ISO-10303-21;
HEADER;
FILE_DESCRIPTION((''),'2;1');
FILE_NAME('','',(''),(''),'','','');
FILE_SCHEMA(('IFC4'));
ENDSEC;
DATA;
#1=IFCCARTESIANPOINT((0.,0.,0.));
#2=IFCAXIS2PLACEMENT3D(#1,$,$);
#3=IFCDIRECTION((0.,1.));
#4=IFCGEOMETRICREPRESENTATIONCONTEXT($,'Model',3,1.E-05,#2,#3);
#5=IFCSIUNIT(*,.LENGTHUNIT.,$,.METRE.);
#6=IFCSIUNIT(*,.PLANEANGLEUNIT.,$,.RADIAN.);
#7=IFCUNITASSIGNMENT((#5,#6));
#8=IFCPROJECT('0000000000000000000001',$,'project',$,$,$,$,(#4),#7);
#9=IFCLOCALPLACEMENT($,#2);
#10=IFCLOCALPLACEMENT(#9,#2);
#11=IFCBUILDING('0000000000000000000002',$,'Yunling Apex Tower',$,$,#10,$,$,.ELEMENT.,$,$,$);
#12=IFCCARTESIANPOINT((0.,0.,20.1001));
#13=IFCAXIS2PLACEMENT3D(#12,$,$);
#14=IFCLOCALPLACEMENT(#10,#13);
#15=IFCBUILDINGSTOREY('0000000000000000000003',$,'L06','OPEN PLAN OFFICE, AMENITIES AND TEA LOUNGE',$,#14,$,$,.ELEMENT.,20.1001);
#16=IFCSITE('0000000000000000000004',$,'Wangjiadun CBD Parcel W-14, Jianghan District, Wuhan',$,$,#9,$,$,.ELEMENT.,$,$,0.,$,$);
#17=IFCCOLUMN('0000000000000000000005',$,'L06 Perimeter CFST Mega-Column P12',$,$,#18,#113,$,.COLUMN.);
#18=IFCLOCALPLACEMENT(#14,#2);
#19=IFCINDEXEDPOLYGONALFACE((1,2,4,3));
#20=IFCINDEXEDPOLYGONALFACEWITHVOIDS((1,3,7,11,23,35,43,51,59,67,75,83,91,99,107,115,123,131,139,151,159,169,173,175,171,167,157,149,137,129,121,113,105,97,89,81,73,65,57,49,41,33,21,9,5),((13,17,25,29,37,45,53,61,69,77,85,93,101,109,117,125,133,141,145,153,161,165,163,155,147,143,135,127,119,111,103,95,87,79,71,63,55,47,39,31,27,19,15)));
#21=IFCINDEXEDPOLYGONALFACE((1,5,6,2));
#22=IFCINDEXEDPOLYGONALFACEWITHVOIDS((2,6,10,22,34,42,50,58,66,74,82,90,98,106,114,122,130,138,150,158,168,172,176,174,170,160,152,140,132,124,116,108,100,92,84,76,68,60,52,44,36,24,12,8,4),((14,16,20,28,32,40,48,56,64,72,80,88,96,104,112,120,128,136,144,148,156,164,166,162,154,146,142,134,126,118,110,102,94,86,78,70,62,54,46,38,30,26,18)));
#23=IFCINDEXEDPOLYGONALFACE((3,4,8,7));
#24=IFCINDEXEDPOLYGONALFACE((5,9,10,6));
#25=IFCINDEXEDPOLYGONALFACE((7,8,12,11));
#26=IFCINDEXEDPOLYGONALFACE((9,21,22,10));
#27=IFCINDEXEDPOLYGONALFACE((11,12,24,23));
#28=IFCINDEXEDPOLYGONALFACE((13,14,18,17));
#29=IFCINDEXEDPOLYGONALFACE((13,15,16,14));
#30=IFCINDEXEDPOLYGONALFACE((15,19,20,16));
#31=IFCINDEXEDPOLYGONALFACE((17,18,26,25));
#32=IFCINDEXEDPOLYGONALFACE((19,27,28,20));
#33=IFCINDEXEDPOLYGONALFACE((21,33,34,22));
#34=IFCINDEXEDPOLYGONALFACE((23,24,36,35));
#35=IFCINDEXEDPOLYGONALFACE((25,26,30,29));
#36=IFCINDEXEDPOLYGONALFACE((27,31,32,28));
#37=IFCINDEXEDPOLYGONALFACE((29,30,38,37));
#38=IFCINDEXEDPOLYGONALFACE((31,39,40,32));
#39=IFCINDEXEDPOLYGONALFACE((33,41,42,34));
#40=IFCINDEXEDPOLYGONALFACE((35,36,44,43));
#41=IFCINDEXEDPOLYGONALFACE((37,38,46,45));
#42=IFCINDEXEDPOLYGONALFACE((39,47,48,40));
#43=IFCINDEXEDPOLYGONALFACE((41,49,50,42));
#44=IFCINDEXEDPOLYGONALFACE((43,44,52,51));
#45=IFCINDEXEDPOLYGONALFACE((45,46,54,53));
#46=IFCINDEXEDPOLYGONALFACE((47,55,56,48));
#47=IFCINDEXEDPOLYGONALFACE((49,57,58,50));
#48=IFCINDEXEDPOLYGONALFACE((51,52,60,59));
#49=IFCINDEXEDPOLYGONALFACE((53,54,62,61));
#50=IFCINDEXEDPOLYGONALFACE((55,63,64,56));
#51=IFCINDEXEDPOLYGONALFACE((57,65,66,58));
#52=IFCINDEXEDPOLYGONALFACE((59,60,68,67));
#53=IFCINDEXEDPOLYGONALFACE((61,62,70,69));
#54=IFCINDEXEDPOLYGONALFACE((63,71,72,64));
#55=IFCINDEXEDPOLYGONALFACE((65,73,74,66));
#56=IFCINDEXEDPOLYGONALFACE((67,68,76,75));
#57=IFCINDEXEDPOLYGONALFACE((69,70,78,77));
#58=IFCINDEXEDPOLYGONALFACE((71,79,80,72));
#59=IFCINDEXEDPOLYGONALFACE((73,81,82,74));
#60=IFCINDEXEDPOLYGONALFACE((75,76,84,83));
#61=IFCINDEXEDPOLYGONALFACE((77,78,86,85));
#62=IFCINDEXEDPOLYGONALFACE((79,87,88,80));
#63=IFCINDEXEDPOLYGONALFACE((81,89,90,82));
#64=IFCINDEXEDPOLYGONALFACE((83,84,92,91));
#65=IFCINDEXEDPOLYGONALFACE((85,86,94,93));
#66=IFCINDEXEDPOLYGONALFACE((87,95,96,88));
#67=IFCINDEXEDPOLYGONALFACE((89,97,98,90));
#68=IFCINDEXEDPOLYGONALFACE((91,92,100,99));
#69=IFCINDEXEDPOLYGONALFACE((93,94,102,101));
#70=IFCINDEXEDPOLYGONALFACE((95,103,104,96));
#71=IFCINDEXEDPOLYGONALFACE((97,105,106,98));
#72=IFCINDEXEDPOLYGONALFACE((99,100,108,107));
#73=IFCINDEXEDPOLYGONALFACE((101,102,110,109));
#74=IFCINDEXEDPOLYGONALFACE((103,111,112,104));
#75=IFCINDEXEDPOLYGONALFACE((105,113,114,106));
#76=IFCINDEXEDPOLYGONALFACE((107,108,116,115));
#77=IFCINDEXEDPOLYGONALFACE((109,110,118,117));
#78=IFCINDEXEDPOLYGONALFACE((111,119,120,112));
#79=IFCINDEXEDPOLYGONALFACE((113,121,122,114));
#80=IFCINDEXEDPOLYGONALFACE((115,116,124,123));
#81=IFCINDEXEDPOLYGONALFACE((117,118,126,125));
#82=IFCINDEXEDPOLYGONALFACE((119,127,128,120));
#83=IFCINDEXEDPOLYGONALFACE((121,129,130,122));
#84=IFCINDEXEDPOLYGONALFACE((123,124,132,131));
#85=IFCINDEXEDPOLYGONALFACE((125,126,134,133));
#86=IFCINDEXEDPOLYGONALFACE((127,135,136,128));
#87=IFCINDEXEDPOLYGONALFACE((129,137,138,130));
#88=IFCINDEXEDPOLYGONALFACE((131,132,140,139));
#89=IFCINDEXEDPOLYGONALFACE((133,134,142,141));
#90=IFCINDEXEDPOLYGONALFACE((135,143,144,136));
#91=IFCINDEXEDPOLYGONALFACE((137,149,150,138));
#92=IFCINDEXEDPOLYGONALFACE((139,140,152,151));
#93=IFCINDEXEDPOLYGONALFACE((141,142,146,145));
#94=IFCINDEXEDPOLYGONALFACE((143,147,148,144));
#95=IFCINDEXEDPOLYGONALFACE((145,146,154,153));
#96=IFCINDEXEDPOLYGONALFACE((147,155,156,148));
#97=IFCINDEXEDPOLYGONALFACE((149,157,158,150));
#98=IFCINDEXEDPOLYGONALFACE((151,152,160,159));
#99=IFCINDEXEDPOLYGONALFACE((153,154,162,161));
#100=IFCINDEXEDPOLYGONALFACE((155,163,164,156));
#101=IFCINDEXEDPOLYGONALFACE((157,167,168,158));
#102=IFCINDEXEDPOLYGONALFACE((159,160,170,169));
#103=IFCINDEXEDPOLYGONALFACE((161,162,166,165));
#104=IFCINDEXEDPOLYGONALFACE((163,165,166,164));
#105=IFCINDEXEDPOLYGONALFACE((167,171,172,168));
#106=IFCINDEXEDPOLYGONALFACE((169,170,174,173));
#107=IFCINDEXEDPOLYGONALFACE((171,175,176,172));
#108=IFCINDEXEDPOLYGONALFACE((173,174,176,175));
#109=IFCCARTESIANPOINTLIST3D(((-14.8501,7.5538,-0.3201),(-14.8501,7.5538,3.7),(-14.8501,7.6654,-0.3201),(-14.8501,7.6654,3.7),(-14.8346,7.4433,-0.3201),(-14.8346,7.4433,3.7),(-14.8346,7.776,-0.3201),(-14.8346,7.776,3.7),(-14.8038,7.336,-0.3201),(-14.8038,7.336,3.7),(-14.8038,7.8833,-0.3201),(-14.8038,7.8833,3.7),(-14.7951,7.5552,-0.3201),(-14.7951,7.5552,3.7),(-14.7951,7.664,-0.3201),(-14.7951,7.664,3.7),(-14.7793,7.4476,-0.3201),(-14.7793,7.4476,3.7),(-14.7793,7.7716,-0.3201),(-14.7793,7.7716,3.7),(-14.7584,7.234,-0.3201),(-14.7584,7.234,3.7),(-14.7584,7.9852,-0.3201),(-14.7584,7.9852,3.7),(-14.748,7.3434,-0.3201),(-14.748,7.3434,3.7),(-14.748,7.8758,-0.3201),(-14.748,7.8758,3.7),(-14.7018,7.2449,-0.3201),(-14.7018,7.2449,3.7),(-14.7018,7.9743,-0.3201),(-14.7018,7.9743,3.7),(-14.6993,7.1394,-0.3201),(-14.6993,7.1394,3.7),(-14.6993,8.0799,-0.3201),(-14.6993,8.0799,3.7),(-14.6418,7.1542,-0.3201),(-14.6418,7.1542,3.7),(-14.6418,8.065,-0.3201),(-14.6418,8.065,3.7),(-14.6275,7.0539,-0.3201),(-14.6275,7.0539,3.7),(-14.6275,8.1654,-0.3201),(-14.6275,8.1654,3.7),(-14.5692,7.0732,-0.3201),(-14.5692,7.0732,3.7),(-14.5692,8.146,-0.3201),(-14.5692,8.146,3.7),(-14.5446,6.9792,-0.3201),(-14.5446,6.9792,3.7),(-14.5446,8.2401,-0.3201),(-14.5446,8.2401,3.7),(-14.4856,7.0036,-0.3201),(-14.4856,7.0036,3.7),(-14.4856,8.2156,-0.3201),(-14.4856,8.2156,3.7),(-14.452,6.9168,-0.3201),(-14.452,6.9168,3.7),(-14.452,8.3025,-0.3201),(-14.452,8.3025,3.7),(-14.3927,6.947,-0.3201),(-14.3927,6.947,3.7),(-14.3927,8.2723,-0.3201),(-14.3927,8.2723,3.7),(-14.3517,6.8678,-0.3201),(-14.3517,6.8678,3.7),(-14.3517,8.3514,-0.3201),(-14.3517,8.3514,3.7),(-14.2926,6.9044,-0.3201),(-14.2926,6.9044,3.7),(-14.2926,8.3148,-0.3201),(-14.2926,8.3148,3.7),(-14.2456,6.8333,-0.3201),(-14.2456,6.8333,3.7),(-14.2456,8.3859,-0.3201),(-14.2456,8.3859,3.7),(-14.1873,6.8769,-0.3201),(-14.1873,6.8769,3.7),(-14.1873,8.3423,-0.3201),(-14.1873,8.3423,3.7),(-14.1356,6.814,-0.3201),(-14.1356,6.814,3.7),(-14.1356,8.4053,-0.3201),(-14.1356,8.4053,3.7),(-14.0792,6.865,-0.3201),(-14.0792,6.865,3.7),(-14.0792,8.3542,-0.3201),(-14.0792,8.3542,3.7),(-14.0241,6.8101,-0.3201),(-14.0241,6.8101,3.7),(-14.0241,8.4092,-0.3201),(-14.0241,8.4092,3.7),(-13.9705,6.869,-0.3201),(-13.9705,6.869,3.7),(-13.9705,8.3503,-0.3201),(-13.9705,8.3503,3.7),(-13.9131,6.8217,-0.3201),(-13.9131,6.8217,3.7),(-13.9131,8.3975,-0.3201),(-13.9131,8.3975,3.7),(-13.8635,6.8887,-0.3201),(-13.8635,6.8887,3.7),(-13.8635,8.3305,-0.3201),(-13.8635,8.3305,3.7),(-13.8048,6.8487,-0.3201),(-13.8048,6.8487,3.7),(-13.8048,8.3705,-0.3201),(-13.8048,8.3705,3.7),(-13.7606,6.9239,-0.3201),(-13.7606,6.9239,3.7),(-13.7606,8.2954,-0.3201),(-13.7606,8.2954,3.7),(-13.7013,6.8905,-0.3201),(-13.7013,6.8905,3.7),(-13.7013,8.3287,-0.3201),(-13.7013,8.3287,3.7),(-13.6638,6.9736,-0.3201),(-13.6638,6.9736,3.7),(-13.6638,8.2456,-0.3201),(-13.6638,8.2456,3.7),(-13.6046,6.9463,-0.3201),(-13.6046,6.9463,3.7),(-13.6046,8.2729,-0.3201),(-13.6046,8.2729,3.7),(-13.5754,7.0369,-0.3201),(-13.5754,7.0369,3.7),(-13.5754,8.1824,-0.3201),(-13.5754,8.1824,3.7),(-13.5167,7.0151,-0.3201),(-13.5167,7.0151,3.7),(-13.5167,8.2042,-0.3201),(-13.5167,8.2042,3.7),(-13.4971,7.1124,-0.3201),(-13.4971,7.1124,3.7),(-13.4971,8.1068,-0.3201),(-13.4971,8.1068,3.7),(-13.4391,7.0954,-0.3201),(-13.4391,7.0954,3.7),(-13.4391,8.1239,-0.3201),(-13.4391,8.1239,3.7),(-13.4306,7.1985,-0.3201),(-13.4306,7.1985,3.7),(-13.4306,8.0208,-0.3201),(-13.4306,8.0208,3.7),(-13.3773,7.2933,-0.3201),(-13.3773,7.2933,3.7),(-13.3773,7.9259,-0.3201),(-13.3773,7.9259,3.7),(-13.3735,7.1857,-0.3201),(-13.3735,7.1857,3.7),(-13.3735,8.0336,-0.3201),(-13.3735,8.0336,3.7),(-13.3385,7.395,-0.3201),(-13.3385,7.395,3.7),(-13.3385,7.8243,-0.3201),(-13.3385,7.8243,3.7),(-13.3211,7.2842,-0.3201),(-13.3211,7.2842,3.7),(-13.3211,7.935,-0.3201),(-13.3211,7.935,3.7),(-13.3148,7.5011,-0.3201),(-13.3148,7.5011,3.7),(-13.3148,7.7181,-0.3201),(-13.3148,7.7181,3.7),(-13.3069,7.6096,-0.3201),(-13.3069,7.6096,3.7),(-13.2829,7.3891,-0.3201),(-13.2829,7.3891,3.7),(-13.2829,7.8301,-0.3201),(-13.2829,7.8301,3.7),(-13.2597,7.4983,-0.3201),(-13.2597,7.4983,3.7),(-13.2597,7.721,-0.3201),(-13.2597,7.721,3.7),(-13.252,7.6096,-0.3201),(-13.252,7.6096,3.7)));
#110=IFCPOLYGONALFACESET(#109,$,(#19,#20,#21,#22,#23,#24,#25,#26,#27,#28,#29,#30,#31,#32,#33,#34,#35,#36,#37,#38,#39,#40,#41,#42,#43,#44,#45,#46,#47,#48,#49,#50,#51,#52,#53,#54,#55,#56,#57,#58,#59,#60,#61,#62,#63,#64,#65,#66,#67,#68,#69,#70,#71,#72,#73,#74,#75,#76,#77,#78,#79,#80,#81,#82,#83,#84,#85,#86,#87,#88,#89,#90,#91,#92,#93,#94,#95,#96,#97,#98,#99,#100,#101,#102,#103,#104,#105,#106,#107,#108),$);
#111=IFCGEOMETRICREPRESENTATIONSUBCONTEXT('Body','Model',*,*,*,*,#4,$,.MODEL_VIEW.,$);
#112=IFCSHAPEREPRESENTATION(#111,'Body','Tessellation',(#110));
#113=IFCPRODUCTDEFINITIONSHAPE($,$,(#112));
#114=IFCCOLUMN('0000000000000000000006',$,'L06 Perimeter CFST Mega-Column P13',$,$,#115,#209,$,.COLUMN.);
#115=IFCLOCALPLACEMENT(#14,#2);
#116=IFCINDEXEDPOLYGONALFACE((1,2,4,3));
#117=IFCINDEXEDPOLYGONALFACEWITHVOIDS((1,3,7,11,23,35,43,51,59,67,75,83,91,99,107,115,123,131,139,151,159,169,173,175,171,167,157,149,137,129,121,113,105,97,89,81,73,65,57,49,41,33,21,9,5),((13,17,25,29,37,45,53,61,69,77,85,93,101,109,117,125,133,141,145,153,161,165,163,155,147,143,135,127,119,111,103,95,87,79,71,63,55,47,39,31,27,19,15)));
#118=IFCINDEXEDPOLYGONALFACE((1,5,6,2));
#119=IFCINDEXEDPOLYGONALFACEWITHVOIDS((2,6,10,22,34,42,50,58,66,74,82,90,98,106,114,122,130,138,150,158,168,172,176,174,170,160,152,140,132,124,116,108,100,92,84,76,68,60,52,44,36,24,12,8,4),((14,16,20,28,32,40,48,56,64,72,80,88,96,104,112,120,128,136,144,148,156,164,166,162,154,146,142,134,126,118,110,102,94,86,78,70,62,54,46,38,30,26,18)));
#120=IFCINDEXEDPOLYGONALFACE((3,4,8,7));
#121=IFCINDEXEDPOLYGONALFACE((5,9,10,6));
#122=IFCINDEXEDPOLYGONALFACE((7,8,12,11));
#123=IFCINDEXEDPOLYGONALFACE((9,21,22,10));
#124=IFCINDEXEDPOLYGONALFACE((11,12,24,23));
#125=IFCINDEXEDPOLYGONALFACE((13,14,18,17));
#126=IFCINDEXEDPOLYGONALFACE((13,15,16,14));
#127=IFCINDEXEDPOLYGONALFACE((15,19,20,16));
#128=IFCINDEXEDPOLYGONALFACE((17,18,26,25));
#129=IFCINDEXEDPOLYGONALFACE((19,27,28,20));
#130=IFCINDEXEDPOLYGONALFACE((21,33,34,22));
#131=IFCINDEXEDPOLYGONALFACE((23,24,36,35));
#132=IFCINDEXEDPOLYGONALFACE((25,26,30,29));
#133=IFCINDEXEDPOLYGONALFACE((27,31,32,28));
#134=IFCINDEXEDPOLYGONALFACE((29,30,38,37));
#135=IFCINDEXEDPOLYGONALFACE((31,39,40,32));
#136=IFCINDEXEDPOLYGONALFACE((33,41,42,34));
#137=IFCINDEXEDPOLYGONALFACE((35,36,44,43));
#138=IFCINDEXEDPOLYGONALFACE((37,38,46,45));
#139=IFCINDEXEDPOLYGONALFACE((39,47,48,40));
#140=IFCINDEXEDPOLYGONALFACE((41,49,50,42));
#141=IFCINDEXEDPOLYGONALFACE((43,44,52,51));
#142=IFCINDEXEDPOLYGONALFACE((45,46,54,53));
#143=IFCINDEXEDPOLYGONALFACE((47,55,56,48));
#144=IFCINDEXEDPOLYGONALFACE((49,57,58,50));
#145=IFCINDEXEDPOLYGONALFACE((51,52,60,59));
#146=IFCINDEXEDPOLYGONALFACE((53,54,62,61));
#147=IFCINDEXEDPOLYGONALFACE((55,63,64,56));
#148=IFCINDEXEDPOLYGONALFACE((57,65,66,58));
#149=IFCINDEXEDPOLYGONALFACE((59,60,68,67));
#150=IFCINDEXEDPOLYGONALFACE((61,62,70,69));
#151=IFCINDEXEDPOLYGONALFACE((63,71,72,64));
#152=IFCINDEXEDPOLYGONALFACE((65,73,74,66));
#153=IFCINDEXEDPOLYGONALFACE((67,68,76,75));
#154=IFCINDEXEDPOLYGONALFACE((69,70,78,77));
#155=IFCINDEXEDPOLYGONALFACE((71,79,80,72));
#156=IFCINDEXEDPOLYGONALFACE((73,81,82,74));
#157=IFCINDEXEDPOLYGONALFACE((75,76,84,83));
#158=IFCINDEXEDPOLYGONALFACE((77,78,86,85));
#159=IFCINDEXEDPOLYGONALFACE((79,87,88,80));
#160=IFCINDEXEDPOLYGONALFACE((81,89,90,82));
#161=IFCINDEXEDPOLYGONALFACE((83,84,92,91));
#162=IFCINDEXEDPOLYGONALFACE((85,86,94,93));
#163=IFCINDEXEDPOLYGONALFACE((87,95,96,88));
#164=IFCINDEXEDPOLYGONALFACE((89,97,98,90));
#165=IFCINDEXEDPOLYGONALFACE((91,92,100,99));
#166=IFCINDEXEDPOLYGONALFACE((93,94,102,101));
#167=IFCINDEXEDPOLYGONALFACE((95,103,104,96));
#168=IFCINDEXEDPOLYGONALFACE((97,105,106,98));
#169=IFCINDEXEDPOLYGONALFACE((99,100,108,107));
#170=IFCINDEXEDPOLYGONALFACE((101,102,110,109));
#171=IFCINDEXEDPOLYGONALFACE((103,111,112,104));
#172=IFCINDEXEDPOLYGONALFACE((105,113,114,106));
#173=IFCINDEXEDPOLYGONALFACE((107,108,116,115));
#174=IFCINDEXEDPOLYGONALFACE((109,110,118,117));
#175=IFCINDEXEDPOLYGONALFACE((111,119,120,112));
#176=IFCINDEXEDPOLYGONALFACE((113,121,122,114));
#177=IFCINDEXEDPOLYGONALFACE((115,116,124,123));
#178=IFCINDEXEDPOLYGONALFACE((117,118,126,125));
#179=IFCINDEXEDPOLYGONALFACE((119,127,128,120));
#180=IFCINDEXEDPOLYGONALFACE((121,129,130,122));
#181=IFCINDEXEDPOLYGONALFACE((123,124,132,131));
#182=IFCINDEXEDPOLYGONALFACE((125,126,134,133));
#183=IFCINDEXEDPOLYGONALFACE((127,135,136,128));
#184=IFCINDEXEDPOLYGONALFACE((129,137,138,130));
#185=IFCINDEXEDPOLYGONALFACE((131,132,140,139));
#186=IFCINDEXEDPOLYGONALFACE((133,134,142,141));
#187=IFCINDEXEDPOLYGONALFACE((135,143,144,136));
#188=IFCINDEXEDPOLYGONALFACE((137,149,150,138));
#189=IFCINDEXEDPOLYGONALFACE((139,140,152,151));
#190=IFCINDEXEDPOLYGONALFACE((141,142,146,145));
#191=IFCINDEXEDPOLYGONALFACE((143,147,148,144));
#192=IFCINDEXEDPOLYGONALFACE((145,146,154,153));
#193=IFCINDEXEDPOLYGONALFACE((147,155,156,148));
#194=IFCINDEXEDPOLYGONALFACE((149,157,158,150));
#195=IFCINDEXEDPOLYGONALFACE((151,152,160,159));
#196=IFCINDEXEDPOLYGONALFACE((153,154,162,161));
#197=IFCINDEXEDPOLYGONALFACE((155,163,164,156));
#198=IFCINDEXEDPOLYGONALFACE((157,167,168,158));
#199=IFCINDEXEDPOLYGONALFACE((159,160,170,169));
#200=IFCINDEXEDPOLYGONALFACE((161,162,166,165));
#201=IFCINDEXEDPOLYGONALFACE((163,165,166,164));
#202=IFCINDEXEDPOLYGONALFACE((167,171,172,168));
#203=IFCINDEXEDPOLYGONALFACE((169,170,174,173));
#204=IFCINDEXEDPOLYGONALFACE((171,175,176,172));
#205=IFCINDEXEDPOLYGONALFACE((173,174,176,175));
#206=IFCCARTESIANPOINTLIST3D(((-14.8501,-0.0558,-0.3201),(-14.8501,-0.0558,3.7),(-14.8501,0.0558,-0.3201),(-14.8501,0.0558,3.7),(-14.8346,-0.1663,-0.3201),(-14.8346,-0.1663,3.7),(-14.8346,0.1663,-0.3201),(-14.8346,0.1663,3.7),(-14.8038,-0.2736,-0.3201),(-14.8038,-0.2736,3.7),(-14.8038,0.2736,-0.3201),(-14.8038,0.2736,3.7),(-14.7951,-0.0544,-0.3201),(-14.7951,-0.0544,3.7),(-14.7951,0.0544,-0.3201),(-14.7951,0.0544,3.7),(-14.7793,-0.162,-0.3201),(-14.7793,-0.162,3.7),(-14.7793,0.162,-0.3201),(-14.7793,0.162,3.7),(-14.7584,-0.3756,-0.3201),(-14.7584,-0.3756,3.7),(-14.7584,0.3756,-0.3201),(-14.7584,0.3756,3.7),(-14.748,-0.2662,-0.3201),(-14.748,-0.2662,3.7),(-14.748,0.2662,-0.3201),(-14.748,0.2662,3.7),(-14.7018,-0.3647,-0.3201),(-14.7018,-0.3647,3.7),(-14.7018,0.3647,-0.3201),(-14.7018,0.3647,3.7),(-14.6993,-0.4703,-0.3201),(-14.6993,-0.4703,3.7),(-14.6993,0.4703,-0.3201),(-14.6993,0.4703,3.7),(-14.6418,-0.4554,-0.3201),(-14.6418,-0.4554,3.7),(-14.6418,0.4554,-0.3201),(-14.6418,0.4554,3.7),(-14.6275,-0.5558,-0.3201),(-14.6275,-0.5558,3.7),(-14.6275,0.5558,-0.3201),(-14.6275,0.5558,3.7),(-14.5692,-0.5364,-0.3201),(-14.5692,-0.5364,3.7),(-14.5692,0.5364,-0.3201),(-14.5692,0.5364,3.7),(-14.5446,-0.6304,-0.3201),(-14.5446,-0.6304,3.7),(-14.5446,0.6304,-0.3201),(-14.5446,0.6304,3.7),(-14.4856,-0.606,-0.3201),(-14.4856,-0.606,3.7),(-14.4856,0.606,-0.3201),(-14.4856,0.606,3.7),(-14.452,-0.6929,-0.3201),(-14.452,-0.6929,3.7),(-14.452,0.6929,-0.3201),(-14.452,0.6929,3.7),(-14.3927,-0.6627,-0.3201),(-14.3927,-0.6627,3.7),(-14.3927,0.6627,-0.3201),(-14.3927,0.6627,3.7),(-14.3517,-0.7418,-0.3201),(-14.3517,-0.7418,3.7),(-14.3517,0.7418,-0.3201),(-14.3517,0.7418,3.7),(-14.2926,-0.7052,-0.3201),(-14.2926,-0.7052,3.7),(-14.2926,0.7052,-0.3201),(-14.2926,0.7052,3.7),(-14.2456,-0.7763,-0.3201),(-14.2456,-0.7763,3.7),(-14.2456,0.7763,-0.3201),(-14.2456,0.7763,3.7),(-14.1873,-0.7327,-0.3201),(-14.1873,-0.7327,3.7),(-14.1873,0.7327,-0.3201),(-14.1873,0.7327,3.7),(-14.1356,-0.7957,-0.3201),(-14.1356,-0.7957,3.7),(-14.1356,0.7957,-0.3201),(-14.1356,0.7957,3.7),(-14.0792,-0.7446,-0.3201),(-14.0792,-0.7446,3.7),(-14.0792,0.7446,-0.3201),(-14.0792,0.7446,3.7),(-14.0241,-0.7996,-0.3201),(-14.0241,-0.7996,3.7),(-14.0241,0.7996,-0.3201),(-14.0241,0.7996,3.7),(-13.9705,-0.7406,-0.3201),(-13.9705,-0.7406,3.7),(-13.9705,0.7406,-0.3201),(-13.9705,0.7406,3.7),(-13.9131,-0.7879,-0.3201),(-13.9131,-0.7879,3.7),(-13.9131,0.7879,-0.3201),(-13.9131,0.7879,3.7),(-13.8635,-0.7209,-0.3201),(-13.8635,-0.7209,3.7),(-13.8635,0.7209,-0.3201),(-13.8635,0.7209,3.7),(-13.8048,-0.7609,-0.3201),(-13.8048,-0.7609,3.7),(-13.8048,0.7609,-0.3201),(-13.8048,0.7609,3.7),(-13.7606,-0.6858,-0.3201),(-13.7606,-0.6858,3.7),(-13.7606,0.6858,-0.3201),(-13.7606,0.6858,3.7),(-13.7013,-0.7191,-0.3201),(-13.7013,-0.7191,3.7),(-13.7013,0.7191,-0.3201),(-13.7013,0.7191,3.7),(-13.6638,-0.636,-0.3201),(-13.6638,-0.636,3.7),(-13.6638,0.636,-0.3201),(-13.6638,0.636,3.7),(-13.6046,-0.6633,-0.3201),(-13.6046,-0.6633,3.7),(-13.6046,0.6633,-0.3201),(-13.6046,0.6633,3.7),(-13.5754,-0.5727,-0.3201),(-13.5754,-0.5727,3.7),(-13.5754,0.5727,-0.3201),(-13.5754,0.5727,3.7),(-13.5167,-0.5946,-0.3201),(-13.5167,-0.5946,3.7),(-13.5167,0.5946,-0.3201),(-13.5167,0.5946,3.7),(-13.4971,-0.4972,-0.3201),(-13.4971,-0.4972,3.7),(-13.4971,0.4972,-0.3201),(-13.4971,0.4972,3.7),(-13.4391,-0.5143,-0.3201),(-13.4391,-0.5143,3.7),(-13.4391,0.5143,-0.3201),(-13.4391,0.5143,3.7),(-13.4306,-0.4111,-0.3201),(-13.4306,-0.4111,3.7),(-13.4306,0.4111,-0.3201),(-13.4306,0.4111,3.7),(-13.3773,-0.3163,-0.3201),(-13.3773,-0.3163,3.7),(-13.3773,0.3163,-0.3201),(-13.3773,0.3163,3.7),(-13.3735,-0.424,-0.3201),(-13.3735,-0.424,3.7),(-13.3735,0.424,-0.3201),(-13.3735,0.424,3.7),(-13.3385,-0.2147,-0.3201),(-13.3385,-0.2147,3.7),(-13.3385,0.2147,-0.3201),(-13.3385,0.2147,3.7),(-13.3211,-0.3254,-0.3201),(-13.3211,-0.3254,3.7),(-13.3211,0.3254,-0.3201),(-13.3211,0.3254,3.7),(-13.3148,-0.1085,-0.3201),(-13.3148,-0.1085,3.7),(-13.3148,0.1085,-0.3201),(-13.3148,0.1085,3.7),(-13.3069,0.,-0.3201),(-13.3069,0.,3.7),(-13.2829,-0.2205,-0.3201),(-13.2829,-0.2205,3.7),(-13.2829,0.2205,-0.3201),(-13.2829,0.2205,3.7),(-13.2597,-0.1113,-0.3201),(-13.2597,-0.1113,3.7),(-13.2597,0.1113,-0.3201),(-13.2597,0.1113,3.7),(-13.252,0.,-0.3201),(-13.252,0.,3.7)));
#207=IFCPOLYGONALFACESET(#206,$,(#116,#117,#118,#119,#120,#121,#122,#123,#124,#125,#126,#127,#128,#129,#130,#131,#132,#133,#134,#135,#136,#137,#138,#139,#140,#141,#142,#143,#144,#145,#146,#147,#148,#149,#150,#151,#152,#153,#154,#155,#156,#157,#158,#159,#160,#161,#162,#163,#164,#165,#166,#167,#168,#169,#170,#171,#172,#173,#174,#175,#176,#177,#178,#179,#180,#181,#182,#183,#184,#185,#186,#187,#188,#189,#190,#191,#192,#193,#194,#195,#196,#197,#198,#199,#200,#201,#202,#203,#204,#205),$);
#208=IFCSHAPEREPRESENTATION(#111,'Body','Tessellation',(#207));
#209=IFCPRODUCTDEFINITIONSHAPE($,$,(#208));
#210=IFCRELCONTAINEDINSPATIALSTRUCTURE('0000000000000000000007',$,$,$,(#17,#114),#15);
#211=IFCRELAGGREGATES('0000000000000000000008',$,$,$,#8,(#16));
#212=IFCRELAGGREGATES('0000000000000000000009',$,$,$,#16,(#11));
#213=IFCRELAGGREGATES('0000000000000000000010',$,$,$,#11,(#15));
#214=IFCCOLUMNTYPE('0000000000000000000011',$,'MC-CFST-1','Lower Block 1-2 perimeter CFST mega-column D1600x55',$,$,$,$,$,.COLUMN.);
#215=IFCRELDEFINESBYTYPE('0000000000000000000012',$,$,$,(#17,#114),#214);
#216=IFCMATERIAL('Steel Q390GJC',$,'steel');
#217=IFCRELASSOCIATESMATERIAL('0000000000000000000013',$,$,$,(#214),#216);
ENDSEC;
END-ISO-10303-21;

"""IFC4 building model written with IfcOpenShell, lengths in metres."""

from ifc_helpers import new_model, si_unit, direction, frame, origin, origin_2d, place, context, subcontext, project, spatial, hollow_circle, extrude, source, transform, mapped, material, material_profile, profile_set, type_object, element, save


model = new_model("IFC4")

# Units and contexts
model_context = context("Model", 3, precision=1e-05, world=origin(), true_north=direction((0.0, 1.0)))
body_context = subcontext(model_context, "Body", "Model", "MODEL_VIEW")
ifc_project = project(units=[si_unit("LENGTHUNIT", "METRE"), si_unit("PLANEANGLEUNIT", "RADIAN")], contexts=[model_context])

# Site, building, storey
site_placement = place(None, origin())
site = spatial("IfcSite", under=ifc_project, at=site_placement, Name="Wangjiadun CBD Parcel W-14, Jianghan District, Wuhan", CompositionType="ELEMENT", RefElevation=0.0)
building_placement = place(site_placement, origin())
building = spatial("IfcBuilding", under=site, at=building_placement, Name="Yunling Apex Tower", CompositionType="ELEMENT")
storey_placement = place(building_placement, frame((0.0, 0.0, 20.1001)))
storey = spatial("IfcBuildingStorey", under=building, at=storey_placement, Name="L06", Description="OPEN PLAN OFFICE, AMENITIES AND TEA LOUNGE", CompositionType="ELEMENT", Elevation=20.1001)

# Columns
ifc_material_1 = material(Name="Steel Q390GJC", Category="steel")
ifc_material_profile_1 = material_profile(ifc_material_1, hollow_circle(Radius=0.8, WallThickness=0.0549, at=origin_2d()))
ifc_profile_set_1 = profile_set([ifc_material_profile_1], Name="Steel Q390GJC")
column_type = type_object("IfcColumnType", Name="MC-CFST-1", Description="Lower Block 1-2 perimeter CFST mega-column D1600x55", PredefinedType="COLUMN", material=ifc_profile_set_1)
shared_shape_1 = source(origin(), body_context, "Body", "SweptSolid", [
    extrude(hollow_circle(Radius=0.8, WallThickness=0.0549, at=origin_2d()), origin(), (0.0, 0.0, 1.0), 4.02),
])
for number, where, z_axis, x_axis, name in (
    (1, (-14.052, 7.6096, -0.3201), (0.0, 0.0, 1.0), (1.0, 0.0, 0.0), "L06 Perimeter CFST Mega-Column P12"),
    (2, (-14.052, 0.0, -0.3201), (0.0, 0.0, 1.0), (1.0, 0.0, 0.0), "L06 Perimeter CFST Mega-Column P13"),
):
    element("IfcColumn", number, at=place(storey_placement, frame(where, z_axis=z_axis, x_axis=x_axis)), inside=storey, type_object=column_type, Name=name, PredefinedType="COLUMN", context=body_context, shape_type="MappedRepresentation", body=[
        mapped(shared_shape_1, transform((0.0, 0.0, 0.0), scale=1.0)),
    ])

save(model, "model.ifc")
